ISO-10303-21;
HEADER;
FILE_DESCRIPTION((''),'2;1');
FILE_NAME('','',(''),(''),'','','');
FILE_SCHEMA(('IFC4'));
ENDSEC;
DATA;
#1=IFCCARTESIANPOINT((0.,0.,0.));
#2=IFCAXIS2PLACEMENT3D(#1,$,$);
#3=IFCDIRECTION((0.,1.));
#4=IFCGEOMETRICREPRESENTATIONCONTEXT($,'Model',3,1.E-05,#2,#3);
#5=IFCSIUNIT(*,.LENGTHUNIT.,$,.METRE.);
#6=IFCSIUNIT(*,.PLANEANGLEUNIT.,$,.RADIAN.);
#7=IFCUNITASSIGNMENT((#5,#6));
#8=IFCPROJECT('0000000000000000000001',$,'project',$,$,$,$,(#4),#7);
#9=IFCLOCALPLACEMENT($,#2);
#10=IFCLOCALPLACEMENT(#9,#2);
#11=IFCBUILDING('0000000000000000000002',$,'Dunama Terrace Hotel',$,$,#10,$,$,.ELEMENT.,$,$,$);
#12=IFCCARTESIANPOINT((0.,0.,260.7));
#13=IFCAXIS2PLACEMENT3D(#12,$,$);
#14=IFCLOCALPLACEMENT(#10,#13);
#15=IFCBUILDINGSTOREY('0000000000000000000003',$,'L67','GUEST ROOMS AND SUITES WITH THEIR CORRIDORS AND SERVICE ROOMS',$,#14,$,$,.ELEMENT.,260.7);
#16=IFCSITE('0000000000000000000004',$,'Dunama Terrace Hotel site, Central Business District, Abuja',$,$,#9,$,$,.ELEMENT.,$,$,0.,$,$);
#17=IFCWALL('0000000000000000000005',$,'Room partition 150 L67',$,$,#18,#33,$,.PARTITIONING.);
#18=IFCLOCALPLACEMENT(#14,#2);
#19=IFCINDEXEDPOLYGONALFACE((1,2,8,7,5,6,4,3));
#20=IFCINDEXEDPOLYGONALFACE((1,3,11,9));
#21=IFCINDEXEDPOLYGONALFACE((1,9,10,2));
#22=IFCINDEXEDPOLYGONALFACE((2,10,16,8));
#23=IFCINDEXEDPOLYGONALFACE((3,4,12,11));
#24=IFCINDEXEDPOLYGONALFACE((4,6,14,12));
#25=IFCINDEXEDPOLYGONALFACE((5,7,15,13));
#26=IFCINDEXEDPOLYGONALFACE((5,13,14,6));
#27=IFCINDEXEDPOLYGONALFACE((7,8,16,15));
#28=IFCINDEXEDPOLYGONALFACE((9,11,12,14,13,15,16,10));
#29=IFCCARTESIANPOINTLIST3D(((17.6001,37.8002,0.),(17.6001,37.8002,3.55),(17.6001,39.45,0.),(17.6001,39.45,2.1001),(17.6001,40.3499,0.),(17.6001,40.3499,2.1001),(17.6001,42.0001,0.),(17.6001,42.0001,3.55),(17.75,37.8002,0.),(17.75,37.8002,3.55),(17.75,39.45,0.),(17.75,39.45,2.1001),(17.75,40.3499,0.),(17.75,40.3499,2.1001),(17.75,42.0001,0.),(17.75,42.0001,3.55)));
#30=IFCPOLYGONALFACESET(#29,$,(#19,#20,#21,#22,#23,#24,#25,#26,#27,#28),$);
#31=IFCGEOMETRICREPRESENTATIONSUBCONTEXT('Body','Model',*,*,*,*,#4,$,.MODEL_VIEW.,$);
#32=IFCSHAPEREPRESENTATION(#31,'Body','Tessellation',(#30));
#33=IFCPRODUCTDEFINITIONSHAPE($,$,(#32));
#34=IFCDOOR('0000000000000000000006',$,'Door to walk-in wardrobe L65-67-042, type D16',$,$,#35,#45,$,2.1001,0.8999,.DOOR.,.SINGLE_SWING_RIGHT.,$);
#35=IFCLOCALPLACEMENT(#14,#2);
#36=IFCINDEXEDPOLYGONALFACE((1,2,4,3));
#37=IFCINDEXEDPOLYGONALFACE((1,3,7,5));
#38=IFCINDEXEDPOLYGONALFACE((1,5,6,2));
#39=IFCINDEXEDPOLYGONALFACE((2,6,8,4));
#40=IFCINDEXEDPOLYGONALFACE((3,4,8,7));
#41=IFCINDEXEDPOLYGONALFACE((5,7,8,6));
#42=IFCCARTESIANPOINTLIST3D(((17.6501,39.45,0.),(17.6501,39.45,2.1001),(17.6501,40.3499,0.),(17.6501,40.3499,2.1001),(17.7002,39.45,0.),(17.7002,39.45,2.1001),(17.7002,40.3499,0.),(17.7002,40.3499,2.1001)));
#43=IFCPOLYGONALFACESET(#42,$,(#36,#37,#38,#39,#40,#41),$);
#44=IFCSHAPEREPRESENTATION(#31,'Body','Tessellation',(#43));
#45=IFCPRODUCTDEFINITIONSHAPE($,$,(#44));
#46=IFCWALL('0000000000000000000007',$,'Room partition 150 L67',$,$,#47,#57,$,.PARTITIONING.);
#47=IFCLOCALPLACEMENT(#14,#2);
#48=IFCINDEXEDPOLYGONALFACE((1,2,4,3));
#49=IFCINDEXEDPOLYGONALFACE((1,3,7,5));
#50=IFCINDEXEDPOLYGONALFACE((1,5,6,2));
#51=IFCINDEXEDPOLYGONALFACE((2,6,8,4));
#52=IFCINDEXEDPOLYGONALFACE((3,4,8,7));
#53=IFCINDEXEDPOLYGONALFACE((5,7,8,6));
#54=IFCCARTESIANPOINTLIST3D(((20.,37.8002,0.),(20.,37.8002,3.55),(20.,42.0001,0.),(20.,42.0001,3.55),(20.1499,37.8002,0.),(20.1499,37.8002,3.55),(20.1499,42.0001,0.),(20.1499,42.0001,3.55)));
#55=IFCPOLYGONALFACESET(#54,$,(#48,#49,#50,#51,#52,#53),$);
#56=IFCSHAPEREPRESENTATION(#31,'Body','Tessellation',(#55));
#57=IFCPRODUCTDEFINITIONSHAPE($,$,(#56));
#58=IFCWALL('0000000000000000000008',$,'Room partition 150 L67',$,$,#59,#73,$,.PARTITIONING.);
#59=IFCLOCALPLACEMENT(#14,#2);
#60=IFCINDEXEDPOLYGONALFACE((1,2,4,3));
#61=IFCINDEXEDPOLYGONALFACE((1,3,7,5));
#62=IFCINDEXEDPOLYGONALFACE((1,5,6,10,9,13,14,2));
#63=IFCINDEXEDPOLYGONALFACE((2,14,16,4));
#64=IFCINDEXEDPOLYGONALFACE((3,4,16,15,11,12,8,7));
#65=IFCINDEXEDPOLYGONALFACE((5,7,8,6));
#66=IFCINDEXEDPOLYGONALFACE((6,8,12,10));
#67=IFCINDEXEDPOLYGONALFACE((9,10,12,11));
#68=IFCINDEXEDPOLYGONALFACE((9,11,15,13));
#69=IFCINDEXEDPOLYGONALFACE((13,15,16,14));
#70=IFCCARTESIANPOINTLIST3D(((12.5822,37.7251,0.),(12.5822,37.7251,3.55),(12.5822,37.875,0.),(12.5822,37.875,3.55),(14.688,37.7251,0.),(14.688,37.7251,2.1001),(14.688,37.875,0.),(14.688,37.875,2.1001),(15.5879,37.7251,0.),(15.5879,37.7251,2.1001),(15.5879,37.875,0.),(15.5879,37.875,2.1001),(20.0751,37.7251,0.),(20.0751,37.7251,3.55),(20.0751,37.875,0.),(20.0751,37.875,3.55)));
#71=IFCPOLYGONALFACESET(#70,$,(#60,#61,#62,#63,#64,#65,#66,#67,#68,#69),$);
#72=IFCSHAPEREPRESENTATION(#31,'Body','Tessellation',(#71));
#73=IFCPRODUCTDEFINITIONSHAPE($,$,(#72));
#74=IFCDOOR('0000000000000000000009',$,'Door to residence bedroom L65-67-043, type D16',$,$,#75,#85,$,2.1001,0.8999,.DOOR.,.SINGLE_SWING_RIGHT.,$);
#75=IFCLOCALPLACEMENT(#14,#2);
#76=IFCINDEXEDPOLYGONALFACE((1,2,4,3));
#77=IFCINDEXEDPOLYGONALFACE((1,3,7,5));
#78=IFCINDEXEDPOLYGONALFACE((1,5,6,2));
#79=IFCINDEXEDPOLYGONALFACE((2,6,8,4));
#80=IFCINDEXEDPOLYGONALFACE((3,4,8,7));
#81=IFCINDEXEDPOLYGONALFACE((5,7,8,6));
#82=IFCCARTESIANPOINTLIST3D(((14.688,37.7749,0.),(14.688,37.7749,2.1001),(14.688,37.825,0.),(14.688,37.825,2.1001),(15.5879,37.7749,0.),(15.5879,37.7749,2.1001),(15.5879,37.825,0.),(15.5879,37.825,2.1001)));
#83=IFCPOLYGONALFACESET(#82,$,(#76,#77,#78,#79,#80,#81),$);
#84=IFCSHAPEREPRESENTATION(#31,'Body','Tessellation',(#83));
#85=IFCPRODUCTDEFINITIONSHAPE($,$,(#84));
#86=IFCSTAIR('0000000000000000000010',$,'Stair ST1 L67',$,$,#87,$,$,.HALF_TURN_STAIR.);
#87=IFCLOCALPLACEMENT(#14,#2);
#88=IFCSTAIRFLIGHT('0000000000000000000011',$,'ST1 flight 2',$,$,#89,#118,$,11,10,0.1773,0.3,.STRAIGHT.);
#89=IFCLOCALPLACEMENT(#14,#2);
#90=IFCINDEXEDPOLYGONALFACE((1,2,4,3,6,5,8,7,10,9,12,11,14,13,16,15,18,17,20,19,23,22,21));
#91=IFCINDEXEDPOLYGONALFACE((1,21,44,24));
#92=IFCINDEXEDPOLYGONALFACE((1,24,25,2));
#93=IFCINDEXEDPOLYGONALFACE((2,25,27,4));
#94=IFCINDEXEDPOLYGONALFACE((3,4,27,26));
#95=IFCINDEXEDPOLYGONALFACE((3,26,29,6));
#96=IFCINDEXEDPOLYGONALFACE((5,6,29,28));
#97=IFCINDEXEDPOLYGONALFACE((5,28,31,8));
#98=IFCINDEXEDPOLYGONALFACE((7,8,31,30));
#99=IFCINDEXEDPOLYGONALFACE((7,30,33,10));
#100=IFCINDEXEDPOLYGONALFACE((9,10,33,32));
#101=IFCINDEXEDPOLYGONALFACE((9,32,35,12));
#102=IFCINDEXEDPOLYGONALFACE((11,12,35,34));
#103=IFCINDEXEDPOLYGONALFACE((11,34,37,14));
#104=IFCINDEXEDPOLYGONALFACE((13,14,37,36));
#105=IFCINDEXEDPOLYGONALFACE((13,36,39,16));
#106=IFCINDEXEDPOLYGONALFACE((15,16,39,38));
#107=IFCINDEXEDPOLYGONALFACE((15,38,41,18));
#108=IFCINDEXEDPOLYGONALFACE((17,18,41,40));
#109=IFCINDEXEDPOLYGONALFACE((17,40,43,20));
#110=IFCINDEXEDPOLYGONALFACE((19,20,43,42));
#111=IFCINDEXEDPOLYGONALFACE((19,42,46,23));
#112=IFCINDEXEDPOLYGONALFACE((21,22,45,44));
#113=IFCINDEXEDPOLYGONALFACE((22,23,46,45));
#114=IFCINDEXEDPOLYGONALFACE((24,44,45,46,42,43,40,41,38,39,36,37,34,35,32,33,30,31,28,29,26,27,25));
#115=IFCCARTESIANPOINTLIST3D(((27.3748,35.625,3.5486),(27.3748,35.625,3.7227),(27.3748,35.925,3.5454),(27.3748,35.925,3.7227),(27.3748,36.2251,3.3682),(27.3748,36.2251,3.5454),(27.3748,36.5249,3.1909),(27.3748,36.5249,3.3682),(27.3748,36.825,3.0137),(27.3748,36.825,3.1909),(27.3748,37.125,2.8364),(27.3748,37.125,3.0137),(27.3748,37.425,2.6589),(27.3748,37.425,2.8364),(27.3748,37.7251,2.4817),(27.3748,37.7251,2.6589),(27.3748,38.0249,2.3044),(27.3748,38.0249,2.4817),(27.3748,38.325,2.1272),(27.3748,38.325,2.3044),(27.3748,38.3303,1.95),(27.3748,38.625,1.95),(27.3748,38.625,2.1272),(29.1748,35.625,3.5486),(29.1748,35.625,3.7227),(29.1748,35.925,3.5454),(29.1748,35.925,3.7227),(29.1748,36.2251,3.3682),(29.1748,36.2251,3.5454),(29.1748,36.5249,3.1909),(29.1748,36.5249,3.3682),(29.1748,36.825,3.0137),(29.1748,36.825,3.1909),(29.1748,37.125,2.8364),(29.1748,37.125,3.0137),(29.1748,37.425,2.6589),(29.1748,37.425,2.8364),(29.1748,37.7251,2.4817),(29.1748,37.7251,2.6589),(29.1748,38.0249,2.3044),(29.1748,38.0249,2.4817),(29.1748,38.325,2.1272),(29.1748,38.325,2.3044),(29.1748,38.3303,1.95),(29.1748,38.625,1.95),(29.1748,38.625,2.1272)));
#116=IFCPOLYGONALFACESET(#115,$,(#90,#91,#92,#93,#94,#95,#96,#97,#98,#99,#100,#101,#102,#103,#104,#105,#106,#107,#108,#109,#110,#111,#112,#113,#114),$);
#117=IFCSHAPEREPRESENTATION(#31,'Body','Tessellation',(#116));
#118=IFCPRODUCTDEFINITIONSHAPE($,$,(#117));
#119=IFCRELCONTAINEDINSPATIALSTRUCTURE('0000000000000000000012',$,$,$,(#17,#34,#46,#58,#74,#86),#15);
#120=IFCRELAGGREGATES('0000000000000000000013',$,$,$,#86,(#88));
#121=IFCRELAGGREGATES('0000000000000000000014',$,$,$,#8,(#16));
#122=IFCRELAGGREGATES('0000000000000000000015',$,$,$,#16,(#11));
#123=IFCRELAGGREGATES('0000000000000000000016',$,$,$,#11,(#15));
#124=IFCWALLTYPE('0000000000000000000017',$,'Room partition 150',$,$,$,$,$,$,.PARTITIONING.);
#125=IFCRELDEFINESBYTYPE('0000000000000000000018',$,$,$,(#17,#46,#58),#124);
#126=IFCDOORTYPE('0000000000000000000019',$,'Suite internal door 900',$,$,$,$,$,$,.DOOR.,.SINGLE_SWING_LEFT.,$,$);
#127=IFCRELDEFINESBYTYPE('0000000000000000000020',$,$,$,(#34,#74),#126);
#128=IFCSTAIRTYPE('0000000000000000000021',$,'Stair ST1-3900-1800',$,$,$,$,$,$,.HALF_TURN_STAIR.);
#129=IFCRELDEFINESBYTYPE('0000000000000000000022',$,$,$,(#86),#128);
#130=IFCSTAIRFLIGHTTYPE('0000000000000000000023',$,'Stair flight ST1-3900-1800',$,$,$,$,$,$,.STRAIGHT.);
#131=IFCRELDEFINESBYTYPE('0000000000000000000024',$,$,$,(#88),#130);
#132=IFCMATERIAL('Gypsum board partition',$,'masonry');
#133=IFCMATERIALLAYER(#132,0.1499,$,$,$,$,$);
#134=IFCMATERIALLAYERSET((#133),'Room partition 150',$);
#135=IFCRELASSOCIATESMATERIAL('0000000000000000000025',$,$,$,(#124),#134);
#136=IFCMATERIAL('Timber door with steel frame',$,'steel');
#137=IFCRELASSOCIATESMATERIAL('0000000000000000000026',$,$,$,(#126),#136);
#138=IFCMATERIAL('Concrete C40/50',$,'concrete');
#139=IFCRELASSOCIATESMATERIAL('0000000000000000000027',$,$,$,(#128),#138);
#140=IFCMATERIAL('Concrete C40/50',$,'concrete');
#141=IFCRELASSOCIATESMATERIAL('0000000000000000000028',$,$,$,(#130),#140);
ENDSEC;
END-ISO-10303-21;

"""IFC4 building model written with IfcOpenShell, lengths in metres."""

from ifc_helpers import new_model, si_unit, direction, frame, frame_2d, origin, place, context, subcontext, project, spatial, polyline, rectangle, outline, extrude, material, layer, layer_set, type_object, element, fill, aggregate, save


model = new_model("IFC4")

# Units and contexts
model_context = context("Model", 3, precision=1e-05, world=origin(), true_north=direction((0.0, 1.0)))
body_context = subcontext(model_context, "Body", "Model", "MODEL_VIEW")
ifc_project = project(units=[si_unit("LENGTHUNIT", "METRE"), si_unit("PLANEANGLEUNIT", "RADIAN")], contexts=[model_context])

# Site, building, storey
site_placement = place(None, origin())
site = spatial("IfcSite", under=ifc_project, at=site_placement, Name="Dunama Terrace Hotel site, Central Business District, Abuja", CompositionType="ELEMENT", RefElevation=0.0)
building_placement = place(site_placement, origin())
building = spatial("IfcBuilding", under=site, at=building_placement, Name="Dunama Terrace Hotel", CompositionType="ELEMENT")
storey_placement = place(building_placement, frame((0.0, 0.0, 260.7)))
storey = spatial("IfcBuildingStorey", under=building, at=storey_placement, Name="L67", Description="GUEST ROOMS AND SUITES WITH THEIR CORRIDORS AND SERVICE ROOMS", CompositionType="ELEMENT", Elevation=260.7)

# Wall, opening, door
ifc_material_1 = material(Name="Gypsum board partition", Category="masonry")
ifc_layer_1 = layer(ifc_material_1, 0.1499)
ifc_layer_set_1 = layer_set([ifc_layer_1], Name="Room partition 150")
wall_type_1 = type_object("IfcWallType", Name="Room partition 150", PredefinedType="PARTITIONING", material=ifc_layer_set_1)
wall_1_placement = place(storey_placement, frame((17.675, 37.8, 0.0), z_axis=(0.0, 0.0, 1.0), x_axis=(0.0, 1.0, 0.0)))
wall_1 = element("IfcWall", 1, at=wall_1_placement, inside=storey, type_object=wall_type_1, Name="Room partition 150 L67", PredefinedType="PARTITIONING", context=body_context, shape_type="SweptSolid", body=[
    extrude(rectangle(XDim=4.2, YDim=0.1499, at=frame_2d((2.1001, 0.0))), origin(), (0.0, 0.0, 1.0), 3.55),
])
opening_1_placement = place(wall_1_placement, frame((1.6499, 0.0, 0.0)))
opening_1 = element("IfcOpeningElement", 2, at=opening_1_placement, cuts=wall_1, PredefinedType="OPENING", context=body_context, shape_type="SweptSolid", body=[
    extrude(rectangle(XDim=0.8999, YDim=2.1001, at=frame_2d((0.45, 1.05))), frame((0.0, 0.085, 0.0), z_axis=(0.0, -1.0, 0.0), x_axis=(1.0, 0.0, 0.0)), (0.0, 0.0, 1.0), 0.1699),
])
ifc_material_2 = material(Name="Timber door with steel frame", Category="steel")
door_type_1 = type_object("IfcDoorType", Name="Suite internal door 900", OperationType="SINGLE_SWING_LEFT", PredefinedType="DOOR", material=ifc_material_2)
door_1_placement = place(opening_1_placement, frame((0.8999, 0.0, 0.0), z_axis=(0.0, 0.0, 1.0), x_axis=(-1.0, 0.0, 0.0)))
door_1 = element("IfcDoor", 3, at=door_1_placement, inside=storey, type_object=door_type_1, Name="Door to walk-in wardrobe L65-67-042, type D16", OperationType="SINGLE_SWING_RIGHT", OverallHeight=2.1001, OverallWidth=0.8999, PredefinedType="DOOR", context=body_context, shape_type="SweptSolid", body=[
    extrude(rectangle(XDim=0.8999, YDim=2.1001, at=frame_2d((0.45, 1.05))), frame((0.0, 0.0251, 0.0), z_axis=(0.0, -1.0, 0.0), x_axis=(1.0, 0.0, 0.0)), (0.0, 0.0, 1.0), 0.05),
])
fill(opening_1, door_1)

# Wall
wall_2_placement = place(storey_placement, frame((20.075, 37.8, 0.0), z_axis=(0.0, 0.0, 1.0), x_axis=(0.0, 1.0, 0.0)))
element("IfcWall", 4, at=wall_2_placement, inside=storey, type_object=wall_type_1, Name="Room partition 150 L67", PredefinedType="PARTITIONING", context=body_context, shape_type="SweptSolid", body=[
    extrude(rectangle(XDim=4.2, YDim=0.1499, at=frame_2d((2.1001, 0.0))), origin(), (0.0, 0.0, 1.0), 3.55),
])

# Wall, opening, door
wall_3_placement = place(storey_placement, frame((12.582, 37.8, 0.0), z_axis=(0.0, 0.0, 1.0), x_axis=(1.0, 0.0, 0.0)))
wall_3 = element("IfcWall", 5, at=wall_3_placement, inside=storey, type_object=wall_type_1, Name="Room partition 150 L67", PredefinedType="PARTITIONING", context=body_context, shape_type="SweptSolid", body=[
    extrude(rectangle(XDim=7.4929, YDim=0.1499, at=frame_2d((3.7466, 0.0))), origin(), (0.0, 0.0, 1.0), 3.55),
])
opening_2_placement = place(wall_3_placement, frame((2.106, 0.0, 0.0)))
opening_2 = element("IfcOpeningElement", 6, at=opening_2_placement, cuts=wall_3, PredefinedType="OPENING", context=body_context, shape_type="SweptSolid", body=[
    extrude(rectangle(XDim=0.8999, YDim=2.1001, at=frame_2d((0.45, 1.05))), frame((0.0, 0.085, 0.0), z_axis=(0.0, -1.0, 0.0), x_axis=(1.0, 0.0, 0.0)), (0.0, 0.0, 1.0), 0.1699),
])
door_2_placement = place(opening_2_placement, origin())
door_2 = element("IfcDoor", 7, at=door_2_placement, inside=storey, type_object=door_type_1, Name="Door to residence bedroom L65-67-043, type D16", OperationType="SINGLE_SWING_RIGHT", OverallHeight=2.1001, OverallWidth=0.8999, PredefinedType="DOOR", context=body_context, shape_type="SweptSolid", body=[
    extrude(rectangle(XDim=0.8999, YDim=2.1001, at=frame_2d((0.45, 1.05))), frame((0.0, 0.0249, 0.0), z_axis=(0.0, -1.0, 0.0), x_axis=(1.0, 0.0, 0.0)), (0.0, 0.0, 1.0), 0.05),
])
fill(opening_2, door_2)

# Stair, stair flight
ifc_material_3 = material(Name="Concrete C40/50", Category="concrete")
stair_type = type_object("IfcStairType", Name="Stair ST1-3900-1800", PredefinedType="HALF_TURN_STAIR", material=ifc_material_3)
stair_placement = place(storey_placement, origin())
stair = element("IfcStair", 8, at=stair_placement, inside=storey, type_object=stair_type, Name="Stair ST1 L67", PredefinedType="HALF_TURN_STAIR")
ifc_material_4 = material(Name="Concrete C40/50", Category="concrete")
stair_flight_type = type_object("IfcStairFlightType", Name="Stair flight ST1-3900-1800", PredefinedType="STRAIGHT", material=ifc_material_4)
stair_flight_placement = place(storey_placement, frame((28.2749, 38.625, 1.95), z_axis=(0.0, 0.0, 1.0), x_axis=(0.0, -1.0, 0.0)))
stair_flight = element("IfcStairFlight", 9, at=stair_flight_placement, type_object=stair_flight_type, Name="ST1 flight 2", NumberOfRisers=11, NumberOfTreads=10, PredefinedType="STRAIGHT", RiserHeight=0.1773, TreadLength=0.3, context=body_context, shape_type="SweptSolid", body=[
    extrude(outline(polyline([(0.0, 0.0), (0.0, 0.1772), (0.3, 0.1772), (0.3, 0.3545), (0.6001, 0.3545), (0.6001, 0.5317), (0.8999, 0.5317), (0.8999, 0.709), (1.2, 0.709), (1.2, 0.8865), (1.5, 0.8865), (1.5, 1.0637), (1.8, 1.0637), (1.8, 1.241), (2.1001, 1.241), (2.1001, 1.4182), (2.3999, 1.4182), (2.3999, 1.5955), (2.7, 1.5955), (2.7, 1.7727), (3.0, 1.7727), (3.0, 1.95), (3.0, 1.5986), (0.2947, 0.0), (0.0, 0.0)])), frame((0.0, 0.8999, 0.0), z_axis=(0.0, -1.0, 0.0), x_axis=(1.0, 0.0, 0.0)), (0.0, 0.0, 1.0), 1.8),
])
aggregate(stair, [stair_flight])

save(model, "model.ifc")
